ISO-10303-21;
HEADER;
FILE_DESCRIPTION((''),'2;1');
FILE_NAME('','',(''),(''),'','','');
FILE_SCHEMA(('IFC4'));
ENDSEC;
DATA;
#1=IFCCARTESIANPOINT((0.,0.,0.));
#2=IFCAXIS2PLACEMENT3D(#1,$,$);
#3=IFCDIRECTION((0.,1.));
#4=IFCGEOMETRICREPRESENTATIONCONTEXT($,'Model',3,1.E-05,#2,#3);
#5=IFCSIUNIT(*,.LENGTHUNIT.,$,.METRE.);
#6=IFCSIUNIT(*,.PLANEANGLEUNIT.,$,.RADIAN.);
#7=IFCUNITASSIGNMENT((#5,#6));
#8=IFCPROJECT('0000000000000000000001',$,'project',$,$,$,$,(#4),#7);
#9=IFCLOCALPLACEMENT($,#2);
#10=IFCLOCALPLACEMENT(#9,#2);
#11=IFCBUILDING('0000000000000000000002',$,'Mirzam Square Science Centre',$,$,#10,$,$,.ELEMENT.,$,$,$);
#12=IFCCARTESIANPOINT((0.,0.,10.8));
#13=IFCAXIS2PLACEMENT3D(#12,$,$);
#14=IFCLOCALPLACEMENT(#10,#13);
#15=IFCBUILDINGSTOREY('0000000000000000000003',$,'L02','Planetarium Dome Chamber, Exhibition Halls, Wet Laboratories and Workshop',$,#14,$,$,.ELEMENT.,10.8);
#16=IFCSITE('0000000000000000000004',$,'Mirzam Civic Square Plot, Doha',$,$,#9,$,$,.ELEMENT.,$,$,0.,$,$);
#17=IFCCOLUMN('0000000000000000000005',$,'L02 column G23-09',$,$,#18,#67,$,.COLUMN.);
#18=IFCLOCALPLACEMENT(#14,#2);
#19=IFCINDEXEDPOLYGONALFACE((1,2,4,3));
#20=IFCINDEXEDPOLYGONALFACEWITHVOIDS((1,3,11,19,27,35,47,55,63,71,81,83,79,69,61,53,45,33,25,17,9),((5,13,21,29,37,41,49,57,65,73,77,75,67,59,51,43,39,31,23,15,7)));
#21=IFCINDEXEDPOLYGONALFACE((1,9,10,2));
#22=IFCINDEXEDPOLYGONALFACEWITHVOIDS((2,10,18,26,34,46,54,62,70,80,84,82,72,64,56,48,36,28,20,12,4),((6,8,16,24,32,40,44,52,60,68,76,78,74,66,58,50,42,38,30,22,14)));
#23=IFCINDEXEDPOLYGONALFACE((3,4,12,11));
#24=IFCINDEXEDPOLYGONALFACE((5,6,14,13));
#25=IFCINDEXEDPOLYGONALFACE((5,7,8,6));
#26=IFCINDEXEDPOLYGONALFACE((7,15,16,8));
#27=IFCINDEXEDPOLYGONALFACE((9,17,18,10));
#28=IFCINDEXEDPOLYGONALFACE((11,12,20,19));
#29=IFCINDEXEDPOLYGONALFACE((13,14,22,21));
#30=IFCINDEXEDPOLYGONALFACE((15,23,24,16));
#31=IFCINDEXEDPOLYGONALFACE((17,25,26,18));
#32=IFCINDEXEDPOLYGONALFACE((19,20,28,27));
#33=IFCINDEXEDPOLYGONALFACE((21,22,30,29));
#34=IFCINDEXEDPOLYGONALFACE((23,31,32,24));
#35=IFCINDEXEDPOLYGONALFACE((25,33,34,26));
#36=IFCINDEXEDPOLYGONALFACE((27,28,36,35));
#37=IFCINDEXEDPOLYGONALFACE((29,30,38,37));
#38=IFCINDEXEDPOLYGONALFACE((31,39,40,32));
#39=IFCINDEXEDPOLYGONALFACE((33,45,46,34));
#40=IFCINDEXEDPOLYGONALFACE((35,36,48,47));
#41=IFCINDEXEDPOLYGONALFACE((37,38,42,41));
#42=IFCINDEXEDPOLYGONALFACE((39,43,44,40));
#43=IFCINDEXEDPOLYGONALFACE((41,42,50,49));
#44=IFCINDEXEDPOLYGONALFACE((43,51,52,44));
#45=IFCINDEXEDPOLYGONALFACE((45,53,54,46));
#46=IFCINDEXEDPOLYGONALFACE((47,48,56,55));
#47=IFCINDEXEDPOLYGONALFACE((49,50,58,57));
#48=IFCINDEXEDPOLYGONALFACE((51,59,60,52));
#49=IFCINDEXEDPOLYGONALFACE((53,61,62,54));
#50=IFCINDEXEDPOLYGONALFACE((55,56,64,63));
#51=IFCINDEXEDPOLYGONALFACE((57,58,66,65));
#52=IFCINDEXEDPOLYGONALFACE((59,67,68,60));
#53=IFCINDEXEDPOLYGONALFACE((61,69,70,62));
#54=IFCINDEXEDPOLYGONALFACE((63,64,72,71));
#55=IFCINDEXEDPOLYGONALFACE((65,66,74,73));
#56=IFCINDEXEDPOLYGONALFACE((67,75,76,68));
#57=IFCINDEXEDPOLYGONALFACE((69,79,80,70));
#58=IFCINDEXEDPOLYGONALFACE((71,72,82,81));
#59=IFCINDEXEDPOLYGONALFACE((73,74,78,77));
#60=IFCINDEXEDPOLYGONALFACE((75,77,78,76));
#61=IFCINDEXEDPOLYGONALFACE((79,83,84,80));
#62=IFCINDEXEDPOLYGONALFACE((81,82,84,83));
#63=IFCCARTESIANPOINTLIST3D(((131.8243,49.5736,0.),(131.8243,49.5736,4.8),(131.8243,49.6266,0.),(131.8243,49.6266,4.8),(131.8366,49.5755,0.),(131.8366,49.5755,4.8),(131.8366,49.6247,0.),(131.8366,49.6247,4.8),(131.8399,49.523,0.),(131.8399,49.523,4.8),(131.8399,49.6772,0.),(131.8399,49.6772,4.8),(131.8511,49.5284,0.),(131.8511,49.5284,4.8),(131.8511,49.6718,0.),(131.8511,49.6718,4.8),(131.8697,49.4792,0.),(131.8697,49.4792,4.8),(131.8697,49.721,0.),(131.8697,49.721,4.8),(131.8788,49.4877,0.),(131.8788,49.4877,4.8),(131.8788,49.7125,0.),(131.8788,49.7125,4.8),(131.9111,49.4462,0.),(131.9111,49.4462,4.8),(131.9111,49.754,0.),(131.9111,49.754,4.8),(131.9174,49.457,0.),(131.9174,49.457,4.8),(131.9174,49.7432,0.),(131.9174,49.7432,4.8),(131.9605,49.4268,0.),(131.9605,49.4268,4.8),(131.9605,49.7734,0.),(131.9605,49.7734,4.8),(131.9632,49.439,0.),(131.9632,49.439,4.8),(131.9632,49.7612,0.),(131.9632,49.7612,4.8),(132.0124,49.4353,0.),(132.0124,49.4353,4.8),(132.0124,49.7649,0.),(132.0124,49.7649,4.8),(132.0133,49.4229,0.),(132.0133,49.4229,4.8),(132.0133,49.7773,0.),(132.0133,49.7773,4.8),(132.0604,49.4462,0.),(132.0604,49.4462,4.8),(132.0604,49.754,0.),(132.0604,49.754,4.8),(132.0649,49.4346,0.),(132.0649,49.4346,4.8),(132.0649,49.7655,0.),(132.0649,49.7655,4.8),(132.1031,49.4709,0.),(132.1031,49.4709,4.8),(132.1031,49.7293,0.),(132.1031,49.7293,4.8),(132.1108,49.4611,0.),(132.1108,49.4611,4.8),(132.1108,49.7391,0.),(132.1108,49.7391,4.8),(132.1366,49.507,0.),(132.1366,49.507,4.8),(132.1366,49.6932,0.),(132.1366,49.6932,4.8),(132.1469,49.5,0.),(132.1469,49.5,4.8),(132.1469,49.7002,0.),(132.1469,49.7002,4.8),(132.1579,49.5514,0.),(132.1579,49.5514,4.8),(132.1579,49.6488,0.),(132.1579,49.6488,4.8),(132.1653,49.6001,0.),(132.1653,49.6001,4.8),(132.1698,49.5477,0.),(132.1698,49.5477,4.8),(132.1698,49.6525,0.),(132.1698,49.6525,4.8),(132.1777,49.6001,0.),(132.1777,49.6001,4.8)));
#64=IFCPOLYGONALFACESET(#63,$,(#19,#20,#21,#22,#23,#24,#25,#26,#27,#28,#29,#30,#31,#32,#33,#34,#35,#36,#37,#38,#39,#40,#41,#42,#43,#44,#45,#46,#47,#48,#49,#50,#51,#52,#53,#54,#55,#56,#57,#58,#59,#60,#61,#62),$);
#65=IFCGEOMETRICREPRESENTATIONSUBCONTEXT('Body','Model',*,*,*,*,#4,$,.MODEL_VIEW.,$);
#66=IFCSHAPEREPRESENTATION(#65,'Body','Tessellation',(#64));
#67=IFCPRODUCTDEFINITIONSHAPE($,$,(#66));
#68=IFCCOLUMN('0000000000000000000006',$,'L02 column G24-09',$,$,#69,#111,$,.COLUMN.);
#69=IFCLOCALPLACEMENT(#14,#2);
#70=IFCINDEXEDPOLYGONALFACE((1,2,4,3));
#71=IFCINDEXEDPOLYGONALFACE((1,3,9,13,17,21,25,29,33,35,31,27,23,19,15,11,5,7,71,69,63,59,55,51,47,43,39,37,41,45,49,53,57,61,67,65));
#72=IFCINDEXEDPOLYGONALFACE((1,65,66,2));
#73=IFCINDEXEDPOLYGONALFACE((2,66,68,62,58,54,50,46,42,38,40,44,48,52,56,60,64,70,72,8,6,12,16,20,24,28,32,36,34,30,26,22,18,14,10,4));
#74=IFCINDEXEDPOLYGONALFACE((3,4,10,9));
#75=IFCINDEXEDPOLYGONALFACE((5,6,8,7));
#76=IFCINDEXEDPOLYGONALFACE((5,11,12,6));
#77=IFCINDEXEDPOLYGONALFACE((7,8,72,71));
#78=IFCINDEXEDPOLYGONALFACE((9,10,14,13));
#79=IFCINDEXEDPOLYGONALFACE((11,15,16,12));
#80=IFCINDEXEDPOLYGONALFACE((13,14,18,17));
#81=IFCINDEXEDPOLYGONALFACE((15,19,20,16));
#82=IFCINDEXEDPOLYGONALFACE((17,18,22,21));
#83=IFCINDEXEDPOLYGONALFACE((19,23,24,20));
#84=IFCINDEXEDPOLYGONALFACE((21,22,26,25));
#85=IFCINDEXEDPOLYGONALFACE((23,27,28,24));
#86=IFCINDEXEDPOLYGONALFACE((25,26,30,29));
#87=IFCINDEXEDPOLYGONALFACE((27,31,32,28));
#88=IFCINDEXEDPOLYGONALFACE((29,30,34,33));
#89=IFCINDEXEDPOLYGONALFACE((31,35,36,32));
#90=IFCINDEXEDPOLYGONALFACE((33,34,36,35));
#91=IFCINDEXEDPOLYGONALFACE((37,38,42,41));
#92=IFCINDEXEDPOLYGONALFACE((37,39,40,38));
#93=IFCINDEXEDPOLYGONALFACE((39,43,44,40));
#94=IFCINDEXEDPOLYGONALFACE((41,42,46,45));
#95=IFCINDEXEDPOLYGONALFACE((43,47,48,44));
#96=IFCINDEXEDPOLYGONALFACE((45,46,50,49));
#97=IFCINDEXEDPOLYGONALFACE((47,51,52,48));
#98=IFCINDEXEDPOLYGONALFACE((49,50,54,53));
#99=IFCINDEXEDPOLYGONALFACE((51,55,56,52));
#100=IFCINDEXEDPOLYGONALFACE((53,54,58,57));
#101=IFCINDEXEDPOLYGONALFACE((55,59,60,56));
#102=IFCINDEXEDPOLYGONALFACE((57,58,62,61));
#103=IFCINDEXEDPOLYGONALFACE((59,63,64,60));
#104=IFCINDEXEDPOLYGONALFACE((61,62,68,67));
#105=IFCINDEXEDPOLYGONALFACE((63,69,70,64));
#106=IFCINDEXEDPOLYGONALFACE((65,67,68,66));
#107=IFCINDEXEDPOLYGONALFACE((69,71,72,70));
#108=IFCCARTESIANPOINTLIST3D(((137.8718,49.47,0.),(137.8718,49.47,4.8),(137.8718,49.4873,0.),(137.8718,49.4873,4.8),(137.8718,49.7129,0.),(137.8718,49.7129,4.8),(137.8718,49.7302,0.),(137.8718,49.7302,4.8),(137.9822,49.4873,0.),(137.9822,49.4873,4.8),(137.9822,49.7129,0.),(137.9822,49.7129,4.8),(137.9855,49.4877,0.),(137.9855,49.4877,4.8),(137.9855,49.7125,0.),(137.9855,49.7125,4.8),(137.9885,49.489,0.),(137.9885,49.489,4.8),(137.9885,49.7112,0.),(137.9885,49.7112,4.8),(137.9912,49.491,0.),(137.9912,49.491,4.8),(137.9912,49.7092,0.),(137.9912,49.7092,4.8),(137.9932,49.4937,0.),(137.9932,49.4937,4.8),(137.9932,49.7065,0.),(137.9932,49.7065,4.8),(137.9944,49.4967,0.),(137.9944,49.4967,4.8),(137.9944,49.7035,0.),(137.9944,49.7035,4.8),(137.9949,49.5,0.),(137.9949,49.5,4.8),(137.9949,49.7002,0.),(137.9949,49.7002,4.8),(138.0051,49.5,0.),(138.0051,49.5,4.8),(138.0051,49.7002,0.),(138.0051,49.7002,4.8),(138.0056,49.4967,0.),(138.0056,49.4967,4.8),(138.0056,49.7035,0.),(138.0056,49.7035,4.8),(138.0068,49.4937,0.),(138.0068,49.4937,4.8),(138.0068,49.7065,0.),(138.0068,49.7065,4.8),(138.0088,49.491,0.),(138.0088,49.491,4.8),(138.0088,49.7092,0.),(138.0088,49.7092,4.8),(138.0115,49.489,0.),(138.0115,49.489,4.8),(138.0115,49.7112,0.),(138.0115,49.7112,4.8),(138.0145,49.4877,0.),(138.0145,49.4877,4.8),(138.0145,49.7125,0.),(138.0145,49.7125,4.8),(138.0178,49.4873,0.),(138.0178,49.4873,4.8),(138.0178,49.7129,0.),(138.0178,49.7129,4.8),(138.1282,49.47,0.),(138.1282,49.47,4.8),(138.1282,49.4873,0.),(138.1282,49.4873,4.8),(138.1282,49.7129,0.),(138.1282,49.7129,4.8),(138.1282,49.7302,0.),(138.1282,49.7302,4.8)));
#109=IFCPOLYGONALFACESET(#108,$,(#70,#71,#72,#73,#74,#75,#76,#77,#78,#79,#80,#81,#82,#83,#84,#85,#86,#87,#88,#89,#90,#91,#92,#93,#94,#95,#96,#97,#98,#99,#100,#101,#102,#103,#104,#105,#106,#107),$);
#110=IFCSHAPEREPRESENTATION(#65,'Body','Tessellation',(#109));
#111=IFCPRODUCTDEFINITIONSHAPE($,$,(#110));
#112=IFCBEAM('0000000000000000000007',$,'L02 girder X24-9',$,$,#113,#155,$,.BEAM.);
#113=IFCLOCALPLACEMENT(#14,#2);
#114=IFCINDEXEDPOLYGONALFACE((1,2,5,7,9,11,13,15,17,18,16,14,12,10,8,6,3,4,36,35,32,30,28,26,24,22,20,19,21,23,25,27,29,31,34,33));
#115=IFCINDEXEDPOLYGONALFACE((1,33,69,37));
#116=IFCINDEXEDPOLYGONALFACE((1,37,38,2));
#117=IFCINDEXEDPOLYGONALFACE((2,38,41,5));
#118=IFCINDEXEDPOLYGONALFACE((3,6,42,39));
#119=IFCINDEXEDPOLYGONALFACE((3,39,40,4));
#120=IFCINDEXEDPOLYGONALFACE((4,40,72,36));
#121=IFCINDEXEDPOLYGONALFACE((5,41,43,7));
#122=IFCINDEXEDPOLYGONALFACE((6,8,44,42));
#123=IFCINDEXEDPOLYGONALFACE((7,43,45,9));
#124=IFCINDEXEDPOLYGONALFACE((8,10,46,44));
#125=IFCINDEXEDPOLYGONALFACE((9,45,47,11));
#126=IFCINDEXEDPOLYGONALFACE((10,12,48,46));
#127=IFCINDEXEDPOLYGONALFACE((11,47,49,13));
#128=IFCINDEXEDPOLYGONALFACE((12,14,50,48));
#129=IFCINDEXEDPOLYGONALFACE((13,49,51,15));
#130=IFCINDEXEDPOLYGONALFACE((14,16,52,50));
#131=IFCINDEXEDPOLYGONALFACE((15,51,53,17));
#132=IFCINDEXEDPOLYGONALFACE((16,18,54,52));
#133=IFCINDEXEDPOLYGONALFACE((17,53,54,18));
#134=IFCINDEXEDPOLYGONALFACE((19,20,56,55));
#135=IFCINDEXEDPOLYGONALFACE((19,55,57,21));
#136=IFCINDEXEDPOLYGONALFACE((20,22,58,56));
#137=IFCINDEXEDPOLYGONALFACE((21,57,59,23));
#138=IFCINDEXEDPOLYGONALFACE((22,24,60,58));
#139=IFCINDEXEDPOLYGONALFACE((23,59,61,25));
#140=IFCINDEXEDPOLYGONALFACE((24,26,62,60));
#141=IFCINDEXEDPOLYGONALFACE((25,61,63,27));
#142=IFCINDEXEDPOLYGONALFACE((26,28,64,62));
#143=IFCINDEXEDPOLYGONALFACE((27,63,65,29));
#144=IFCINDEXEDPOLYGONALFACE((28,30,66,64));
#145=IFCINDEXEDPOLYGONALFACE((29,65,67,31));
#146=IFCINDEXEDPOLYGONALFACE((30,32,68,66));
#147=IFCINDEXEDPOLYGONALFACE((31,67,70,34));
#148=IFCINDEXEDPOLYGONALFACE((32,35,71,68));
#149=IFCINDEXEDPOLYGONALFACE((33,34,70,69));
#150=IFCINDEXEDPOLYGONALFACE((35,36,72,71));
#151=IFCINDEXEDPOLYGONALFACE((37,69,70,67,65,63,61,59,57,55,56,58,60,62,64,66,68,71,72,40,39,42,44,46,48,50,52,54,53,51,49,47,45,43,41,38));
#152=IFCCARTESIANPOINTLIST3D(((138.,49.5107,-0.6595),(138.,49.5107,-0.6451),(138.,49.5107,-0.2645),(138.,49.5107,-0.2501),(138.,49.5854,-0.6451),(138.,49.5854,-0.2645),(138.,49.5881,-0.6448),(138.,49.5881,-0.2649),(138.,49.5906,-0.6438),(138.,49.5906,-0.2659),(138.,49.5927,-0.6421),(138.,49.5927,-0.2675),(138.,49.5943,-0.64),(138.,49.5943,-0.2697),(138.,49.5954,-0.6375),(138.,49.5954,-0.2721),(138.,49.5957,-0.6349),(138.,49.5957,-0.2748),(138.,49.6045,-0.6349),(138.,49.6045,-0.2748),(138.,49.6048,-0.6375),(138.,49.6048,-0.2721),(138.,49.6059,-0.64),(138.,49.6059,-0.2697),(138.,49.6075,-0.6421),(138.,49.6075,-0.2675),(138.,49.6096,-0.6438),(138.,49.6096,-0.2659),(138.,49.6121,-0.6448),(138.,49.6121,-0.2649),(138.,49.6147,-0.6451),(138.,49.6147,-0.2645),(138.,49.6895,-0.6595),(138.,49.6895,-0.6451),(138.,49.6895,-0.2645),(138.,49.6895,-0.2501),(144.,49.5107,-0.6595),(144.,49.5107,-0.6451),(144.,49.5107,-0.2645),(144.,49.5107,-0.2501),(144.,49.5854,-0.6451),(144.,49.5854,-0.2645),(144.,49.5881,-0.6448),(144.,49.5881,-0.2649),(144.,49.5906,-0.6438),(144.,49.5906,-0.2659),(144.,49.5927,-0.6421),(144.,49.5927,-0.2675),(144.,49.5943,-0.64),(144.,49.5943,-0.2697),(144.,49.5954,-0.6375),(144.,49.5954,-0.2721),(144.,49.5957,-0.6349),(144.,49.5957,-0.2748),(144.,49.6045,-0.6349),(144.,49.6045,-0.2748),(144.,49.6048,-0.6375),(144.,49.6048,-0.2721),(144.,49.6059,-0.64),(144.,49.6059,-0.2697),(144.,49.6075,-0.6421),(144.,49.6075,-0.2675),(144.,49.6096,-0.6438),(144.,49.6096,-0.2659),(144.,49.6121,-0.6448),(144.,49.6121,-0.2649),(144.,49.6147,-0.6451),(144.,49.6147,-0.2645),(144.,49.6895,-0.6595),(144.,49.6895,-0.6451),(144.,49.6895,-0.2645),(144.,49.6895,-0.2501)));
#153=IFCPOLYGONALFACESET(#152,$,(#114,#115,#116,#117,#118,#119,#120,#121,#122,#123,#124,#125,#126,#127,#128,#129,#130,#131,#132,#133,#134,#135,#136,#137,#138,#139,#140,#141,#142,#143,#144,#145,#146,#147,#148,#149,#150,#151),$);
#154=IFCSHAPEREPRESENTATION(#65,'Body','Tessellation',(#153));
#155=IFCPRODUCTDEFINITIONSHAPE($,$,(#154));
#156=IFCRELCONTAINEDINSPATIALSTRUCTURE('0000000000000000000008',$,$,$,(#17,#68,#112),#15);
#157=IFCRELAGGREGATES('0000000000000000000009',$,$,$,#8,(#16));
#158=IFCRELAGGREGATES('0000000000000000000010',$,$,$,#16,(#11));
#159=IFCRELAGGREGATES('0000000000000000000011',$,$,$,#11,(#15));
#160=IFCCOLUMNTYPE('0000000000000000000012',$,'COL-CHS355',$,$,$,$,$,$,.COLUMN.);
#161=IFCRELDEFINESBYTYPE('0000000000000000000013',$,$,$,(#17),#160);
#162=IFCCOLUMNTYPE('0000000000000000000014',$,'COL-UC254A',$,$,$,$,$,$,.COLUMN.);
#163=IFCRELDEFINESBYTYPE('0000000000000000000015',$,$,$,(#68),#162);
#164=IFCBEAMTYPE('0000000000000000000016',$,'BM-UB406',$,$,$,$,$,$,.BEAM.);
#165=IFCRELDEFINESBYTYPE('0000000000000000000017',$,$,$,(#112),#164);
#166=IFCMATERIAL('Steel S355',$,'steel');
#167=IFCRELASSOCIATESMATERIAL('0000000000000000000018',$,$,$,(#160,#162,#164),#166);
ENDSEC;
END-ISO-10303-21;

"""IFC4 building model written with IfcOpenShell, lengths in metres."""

from ifc_helpers import new_model, si_unit, direction, frame, origin, origin_2d, place, context, subcontext, project, spatial, hollow_circle, i_section, extrude, material, material_profile, profile_set, type_object, element, save


model = new_model("IFC4")

# Units and contexts
model_context = context("Model", 3, precision=1e-05, world=origin(), true_north=direction((0.0, 1.0)))
body_context = subcontext(model_context, "Body", "Model", "MODEL_VIEW")
ifc_project = project(units=[si_unit("LENGTHUNIT", "METRE"), si_unit("PLANEANGLEUNIT", "RADIAN")], contexts=[model_context])

# Site, building, storey
site_placement = place(None, origin())
site = spatial("IfcSite", under=ifc_project, at=site_placement, Name="Mirzam Civic Square Plot, Doha", CompositionType="ELEMENT", RefElevation=0.0)
building_placement = place(site_placement, origin())
building = spatial("IfcBuilding", under=site, at=building_placement, Name="Mirzam Square Science Centre", CompositionType="ELEMENT")
storey_placement = place(building_placement, frame((0.0, 0.0, 10.8)))
storey = spatial("IfcBuildingStorey", under=building, at=storey_placement, Name="L02", Description="Planetarium Dome Chamber, Exhibition Halls, Wet Laboratories and Workshop", CompositionType="ELEMENT", Elevation=10.8)

# Columns
ifc_material_1 = material(Name="Steel S355", Category="steel")
ifc_material_profile_1 = material_profile(ifc_material_1, hollow_circle(Radius=0.1777, WallThickness=0.0125, at=origin_2d()), Name="355.6x12.5CHS")
ifc_profile_set_1 = profile_set([ifc_material_profile_1], Name="Steel S355")
column_type_1 = type_object("IfcColumnType", Name="COL-CHS355", PredefinedType="COLUMN", material=ifc_profile_set_1)
column_1_placement = place(storey_placement, frame((132.0, 49.6001, 0.0), z_axis=(0.0, 0.0, 1.0), x_axis=(1.0, 0.0, 0.0)))
element("IfcColumn", 1, at=column_1_placement, inside=storey, type_object=column_type_1, Name="L02 column G23-09", PredefinedType="COLUMN", context=body_context, shape_type="SweptSolid", body=[
    extrude(hollow_circle(Radius=0.1777, WallThickness=0.0125, at=origin_2d()), origin(), (0.0, 0.0, 1.0), 4.8),
])
ifc_material_profile_2 = material_profile(ifc_material_1, i_section(OverallWidth=0.2563, OverallDepth=0.2603, WebThickness=0.0103, FlangeThickness=0.0173, FilletRadius=0.0127, at=origin_2d()), Name="254x254x89UC")
ifc_profile_set_2 = profile_set([ifc_material_profile_2], Name="Steel S355")
column_type_2 = type_object("IfcColumnType", Name="COL-UC254A", PredefinedType="COLUMN", material=ifc_profile_set_2)
column_2_placement = place(storey_placement, frame((138.0, 49.6001, 0.0), z_axis=(0.0, 0.0, 1.0), x_axis=(1.0, 0.0, 0.0)))
element("IfcColumn", 2, at=column_2_placement, inside=storey, type_object=column_type_2, Name="L02 column G24-09", PredefinedType="COLUMN", context=body_context, shape_type="SweptSolid", body=[
    extrude(i_section(OverallWidth=0.2563, OverallDepth=0.2603, WebThickness=0.0103, FlangeThickness=0.0173, FilletRadius=0.0127, at=origin_2d()), origin(), (0.0, 0.0, 1.0), 4.8),
])

# Beam
ifc_material_profile_3 = material_profile(ifc_material_1, i_section(OverallWidth=0.1787, OverallDepth=0.4094, WebThickness=0.0088, FlangeThickness=0.0144, FilletRadius=0.0103, at=origin_2d()), Name="406x178x67UB")
ifc_profile_set_3 = profile_set([ifc_material_profile_3], Name="Steel S355")
beam_type_1 = type_object("IfcBeamType", Name="BM-UB406", PredefinedType="BEAM", material=ifc_profile_set_3)
beam_1_placement = place(storey_placement, frame((138.0, 49.6001, -0.4548), z_axis=(1.0, 0.0, 0.0), x_axis=(0.0, 1.0, 0.0)))
element("IfcBeam", 3, at=beam_1_placement, inside=storey, type_object=beam_type_1, Name="L02 girder X24-9", PredefinedType="BEAM", context=body_context, shape_type="SweptSolid", body=[
    extrude(i_section(OverallWidth=0.1787, OverallDepth=0.4094, WebThickness=0.0088, FlangeThickness=0.0144, FilletRadius=0.0103, at=origin_2d()), origin(), (0.0, 0.0, 1.0), 6.0),
])

save(model, "model.ifc")
